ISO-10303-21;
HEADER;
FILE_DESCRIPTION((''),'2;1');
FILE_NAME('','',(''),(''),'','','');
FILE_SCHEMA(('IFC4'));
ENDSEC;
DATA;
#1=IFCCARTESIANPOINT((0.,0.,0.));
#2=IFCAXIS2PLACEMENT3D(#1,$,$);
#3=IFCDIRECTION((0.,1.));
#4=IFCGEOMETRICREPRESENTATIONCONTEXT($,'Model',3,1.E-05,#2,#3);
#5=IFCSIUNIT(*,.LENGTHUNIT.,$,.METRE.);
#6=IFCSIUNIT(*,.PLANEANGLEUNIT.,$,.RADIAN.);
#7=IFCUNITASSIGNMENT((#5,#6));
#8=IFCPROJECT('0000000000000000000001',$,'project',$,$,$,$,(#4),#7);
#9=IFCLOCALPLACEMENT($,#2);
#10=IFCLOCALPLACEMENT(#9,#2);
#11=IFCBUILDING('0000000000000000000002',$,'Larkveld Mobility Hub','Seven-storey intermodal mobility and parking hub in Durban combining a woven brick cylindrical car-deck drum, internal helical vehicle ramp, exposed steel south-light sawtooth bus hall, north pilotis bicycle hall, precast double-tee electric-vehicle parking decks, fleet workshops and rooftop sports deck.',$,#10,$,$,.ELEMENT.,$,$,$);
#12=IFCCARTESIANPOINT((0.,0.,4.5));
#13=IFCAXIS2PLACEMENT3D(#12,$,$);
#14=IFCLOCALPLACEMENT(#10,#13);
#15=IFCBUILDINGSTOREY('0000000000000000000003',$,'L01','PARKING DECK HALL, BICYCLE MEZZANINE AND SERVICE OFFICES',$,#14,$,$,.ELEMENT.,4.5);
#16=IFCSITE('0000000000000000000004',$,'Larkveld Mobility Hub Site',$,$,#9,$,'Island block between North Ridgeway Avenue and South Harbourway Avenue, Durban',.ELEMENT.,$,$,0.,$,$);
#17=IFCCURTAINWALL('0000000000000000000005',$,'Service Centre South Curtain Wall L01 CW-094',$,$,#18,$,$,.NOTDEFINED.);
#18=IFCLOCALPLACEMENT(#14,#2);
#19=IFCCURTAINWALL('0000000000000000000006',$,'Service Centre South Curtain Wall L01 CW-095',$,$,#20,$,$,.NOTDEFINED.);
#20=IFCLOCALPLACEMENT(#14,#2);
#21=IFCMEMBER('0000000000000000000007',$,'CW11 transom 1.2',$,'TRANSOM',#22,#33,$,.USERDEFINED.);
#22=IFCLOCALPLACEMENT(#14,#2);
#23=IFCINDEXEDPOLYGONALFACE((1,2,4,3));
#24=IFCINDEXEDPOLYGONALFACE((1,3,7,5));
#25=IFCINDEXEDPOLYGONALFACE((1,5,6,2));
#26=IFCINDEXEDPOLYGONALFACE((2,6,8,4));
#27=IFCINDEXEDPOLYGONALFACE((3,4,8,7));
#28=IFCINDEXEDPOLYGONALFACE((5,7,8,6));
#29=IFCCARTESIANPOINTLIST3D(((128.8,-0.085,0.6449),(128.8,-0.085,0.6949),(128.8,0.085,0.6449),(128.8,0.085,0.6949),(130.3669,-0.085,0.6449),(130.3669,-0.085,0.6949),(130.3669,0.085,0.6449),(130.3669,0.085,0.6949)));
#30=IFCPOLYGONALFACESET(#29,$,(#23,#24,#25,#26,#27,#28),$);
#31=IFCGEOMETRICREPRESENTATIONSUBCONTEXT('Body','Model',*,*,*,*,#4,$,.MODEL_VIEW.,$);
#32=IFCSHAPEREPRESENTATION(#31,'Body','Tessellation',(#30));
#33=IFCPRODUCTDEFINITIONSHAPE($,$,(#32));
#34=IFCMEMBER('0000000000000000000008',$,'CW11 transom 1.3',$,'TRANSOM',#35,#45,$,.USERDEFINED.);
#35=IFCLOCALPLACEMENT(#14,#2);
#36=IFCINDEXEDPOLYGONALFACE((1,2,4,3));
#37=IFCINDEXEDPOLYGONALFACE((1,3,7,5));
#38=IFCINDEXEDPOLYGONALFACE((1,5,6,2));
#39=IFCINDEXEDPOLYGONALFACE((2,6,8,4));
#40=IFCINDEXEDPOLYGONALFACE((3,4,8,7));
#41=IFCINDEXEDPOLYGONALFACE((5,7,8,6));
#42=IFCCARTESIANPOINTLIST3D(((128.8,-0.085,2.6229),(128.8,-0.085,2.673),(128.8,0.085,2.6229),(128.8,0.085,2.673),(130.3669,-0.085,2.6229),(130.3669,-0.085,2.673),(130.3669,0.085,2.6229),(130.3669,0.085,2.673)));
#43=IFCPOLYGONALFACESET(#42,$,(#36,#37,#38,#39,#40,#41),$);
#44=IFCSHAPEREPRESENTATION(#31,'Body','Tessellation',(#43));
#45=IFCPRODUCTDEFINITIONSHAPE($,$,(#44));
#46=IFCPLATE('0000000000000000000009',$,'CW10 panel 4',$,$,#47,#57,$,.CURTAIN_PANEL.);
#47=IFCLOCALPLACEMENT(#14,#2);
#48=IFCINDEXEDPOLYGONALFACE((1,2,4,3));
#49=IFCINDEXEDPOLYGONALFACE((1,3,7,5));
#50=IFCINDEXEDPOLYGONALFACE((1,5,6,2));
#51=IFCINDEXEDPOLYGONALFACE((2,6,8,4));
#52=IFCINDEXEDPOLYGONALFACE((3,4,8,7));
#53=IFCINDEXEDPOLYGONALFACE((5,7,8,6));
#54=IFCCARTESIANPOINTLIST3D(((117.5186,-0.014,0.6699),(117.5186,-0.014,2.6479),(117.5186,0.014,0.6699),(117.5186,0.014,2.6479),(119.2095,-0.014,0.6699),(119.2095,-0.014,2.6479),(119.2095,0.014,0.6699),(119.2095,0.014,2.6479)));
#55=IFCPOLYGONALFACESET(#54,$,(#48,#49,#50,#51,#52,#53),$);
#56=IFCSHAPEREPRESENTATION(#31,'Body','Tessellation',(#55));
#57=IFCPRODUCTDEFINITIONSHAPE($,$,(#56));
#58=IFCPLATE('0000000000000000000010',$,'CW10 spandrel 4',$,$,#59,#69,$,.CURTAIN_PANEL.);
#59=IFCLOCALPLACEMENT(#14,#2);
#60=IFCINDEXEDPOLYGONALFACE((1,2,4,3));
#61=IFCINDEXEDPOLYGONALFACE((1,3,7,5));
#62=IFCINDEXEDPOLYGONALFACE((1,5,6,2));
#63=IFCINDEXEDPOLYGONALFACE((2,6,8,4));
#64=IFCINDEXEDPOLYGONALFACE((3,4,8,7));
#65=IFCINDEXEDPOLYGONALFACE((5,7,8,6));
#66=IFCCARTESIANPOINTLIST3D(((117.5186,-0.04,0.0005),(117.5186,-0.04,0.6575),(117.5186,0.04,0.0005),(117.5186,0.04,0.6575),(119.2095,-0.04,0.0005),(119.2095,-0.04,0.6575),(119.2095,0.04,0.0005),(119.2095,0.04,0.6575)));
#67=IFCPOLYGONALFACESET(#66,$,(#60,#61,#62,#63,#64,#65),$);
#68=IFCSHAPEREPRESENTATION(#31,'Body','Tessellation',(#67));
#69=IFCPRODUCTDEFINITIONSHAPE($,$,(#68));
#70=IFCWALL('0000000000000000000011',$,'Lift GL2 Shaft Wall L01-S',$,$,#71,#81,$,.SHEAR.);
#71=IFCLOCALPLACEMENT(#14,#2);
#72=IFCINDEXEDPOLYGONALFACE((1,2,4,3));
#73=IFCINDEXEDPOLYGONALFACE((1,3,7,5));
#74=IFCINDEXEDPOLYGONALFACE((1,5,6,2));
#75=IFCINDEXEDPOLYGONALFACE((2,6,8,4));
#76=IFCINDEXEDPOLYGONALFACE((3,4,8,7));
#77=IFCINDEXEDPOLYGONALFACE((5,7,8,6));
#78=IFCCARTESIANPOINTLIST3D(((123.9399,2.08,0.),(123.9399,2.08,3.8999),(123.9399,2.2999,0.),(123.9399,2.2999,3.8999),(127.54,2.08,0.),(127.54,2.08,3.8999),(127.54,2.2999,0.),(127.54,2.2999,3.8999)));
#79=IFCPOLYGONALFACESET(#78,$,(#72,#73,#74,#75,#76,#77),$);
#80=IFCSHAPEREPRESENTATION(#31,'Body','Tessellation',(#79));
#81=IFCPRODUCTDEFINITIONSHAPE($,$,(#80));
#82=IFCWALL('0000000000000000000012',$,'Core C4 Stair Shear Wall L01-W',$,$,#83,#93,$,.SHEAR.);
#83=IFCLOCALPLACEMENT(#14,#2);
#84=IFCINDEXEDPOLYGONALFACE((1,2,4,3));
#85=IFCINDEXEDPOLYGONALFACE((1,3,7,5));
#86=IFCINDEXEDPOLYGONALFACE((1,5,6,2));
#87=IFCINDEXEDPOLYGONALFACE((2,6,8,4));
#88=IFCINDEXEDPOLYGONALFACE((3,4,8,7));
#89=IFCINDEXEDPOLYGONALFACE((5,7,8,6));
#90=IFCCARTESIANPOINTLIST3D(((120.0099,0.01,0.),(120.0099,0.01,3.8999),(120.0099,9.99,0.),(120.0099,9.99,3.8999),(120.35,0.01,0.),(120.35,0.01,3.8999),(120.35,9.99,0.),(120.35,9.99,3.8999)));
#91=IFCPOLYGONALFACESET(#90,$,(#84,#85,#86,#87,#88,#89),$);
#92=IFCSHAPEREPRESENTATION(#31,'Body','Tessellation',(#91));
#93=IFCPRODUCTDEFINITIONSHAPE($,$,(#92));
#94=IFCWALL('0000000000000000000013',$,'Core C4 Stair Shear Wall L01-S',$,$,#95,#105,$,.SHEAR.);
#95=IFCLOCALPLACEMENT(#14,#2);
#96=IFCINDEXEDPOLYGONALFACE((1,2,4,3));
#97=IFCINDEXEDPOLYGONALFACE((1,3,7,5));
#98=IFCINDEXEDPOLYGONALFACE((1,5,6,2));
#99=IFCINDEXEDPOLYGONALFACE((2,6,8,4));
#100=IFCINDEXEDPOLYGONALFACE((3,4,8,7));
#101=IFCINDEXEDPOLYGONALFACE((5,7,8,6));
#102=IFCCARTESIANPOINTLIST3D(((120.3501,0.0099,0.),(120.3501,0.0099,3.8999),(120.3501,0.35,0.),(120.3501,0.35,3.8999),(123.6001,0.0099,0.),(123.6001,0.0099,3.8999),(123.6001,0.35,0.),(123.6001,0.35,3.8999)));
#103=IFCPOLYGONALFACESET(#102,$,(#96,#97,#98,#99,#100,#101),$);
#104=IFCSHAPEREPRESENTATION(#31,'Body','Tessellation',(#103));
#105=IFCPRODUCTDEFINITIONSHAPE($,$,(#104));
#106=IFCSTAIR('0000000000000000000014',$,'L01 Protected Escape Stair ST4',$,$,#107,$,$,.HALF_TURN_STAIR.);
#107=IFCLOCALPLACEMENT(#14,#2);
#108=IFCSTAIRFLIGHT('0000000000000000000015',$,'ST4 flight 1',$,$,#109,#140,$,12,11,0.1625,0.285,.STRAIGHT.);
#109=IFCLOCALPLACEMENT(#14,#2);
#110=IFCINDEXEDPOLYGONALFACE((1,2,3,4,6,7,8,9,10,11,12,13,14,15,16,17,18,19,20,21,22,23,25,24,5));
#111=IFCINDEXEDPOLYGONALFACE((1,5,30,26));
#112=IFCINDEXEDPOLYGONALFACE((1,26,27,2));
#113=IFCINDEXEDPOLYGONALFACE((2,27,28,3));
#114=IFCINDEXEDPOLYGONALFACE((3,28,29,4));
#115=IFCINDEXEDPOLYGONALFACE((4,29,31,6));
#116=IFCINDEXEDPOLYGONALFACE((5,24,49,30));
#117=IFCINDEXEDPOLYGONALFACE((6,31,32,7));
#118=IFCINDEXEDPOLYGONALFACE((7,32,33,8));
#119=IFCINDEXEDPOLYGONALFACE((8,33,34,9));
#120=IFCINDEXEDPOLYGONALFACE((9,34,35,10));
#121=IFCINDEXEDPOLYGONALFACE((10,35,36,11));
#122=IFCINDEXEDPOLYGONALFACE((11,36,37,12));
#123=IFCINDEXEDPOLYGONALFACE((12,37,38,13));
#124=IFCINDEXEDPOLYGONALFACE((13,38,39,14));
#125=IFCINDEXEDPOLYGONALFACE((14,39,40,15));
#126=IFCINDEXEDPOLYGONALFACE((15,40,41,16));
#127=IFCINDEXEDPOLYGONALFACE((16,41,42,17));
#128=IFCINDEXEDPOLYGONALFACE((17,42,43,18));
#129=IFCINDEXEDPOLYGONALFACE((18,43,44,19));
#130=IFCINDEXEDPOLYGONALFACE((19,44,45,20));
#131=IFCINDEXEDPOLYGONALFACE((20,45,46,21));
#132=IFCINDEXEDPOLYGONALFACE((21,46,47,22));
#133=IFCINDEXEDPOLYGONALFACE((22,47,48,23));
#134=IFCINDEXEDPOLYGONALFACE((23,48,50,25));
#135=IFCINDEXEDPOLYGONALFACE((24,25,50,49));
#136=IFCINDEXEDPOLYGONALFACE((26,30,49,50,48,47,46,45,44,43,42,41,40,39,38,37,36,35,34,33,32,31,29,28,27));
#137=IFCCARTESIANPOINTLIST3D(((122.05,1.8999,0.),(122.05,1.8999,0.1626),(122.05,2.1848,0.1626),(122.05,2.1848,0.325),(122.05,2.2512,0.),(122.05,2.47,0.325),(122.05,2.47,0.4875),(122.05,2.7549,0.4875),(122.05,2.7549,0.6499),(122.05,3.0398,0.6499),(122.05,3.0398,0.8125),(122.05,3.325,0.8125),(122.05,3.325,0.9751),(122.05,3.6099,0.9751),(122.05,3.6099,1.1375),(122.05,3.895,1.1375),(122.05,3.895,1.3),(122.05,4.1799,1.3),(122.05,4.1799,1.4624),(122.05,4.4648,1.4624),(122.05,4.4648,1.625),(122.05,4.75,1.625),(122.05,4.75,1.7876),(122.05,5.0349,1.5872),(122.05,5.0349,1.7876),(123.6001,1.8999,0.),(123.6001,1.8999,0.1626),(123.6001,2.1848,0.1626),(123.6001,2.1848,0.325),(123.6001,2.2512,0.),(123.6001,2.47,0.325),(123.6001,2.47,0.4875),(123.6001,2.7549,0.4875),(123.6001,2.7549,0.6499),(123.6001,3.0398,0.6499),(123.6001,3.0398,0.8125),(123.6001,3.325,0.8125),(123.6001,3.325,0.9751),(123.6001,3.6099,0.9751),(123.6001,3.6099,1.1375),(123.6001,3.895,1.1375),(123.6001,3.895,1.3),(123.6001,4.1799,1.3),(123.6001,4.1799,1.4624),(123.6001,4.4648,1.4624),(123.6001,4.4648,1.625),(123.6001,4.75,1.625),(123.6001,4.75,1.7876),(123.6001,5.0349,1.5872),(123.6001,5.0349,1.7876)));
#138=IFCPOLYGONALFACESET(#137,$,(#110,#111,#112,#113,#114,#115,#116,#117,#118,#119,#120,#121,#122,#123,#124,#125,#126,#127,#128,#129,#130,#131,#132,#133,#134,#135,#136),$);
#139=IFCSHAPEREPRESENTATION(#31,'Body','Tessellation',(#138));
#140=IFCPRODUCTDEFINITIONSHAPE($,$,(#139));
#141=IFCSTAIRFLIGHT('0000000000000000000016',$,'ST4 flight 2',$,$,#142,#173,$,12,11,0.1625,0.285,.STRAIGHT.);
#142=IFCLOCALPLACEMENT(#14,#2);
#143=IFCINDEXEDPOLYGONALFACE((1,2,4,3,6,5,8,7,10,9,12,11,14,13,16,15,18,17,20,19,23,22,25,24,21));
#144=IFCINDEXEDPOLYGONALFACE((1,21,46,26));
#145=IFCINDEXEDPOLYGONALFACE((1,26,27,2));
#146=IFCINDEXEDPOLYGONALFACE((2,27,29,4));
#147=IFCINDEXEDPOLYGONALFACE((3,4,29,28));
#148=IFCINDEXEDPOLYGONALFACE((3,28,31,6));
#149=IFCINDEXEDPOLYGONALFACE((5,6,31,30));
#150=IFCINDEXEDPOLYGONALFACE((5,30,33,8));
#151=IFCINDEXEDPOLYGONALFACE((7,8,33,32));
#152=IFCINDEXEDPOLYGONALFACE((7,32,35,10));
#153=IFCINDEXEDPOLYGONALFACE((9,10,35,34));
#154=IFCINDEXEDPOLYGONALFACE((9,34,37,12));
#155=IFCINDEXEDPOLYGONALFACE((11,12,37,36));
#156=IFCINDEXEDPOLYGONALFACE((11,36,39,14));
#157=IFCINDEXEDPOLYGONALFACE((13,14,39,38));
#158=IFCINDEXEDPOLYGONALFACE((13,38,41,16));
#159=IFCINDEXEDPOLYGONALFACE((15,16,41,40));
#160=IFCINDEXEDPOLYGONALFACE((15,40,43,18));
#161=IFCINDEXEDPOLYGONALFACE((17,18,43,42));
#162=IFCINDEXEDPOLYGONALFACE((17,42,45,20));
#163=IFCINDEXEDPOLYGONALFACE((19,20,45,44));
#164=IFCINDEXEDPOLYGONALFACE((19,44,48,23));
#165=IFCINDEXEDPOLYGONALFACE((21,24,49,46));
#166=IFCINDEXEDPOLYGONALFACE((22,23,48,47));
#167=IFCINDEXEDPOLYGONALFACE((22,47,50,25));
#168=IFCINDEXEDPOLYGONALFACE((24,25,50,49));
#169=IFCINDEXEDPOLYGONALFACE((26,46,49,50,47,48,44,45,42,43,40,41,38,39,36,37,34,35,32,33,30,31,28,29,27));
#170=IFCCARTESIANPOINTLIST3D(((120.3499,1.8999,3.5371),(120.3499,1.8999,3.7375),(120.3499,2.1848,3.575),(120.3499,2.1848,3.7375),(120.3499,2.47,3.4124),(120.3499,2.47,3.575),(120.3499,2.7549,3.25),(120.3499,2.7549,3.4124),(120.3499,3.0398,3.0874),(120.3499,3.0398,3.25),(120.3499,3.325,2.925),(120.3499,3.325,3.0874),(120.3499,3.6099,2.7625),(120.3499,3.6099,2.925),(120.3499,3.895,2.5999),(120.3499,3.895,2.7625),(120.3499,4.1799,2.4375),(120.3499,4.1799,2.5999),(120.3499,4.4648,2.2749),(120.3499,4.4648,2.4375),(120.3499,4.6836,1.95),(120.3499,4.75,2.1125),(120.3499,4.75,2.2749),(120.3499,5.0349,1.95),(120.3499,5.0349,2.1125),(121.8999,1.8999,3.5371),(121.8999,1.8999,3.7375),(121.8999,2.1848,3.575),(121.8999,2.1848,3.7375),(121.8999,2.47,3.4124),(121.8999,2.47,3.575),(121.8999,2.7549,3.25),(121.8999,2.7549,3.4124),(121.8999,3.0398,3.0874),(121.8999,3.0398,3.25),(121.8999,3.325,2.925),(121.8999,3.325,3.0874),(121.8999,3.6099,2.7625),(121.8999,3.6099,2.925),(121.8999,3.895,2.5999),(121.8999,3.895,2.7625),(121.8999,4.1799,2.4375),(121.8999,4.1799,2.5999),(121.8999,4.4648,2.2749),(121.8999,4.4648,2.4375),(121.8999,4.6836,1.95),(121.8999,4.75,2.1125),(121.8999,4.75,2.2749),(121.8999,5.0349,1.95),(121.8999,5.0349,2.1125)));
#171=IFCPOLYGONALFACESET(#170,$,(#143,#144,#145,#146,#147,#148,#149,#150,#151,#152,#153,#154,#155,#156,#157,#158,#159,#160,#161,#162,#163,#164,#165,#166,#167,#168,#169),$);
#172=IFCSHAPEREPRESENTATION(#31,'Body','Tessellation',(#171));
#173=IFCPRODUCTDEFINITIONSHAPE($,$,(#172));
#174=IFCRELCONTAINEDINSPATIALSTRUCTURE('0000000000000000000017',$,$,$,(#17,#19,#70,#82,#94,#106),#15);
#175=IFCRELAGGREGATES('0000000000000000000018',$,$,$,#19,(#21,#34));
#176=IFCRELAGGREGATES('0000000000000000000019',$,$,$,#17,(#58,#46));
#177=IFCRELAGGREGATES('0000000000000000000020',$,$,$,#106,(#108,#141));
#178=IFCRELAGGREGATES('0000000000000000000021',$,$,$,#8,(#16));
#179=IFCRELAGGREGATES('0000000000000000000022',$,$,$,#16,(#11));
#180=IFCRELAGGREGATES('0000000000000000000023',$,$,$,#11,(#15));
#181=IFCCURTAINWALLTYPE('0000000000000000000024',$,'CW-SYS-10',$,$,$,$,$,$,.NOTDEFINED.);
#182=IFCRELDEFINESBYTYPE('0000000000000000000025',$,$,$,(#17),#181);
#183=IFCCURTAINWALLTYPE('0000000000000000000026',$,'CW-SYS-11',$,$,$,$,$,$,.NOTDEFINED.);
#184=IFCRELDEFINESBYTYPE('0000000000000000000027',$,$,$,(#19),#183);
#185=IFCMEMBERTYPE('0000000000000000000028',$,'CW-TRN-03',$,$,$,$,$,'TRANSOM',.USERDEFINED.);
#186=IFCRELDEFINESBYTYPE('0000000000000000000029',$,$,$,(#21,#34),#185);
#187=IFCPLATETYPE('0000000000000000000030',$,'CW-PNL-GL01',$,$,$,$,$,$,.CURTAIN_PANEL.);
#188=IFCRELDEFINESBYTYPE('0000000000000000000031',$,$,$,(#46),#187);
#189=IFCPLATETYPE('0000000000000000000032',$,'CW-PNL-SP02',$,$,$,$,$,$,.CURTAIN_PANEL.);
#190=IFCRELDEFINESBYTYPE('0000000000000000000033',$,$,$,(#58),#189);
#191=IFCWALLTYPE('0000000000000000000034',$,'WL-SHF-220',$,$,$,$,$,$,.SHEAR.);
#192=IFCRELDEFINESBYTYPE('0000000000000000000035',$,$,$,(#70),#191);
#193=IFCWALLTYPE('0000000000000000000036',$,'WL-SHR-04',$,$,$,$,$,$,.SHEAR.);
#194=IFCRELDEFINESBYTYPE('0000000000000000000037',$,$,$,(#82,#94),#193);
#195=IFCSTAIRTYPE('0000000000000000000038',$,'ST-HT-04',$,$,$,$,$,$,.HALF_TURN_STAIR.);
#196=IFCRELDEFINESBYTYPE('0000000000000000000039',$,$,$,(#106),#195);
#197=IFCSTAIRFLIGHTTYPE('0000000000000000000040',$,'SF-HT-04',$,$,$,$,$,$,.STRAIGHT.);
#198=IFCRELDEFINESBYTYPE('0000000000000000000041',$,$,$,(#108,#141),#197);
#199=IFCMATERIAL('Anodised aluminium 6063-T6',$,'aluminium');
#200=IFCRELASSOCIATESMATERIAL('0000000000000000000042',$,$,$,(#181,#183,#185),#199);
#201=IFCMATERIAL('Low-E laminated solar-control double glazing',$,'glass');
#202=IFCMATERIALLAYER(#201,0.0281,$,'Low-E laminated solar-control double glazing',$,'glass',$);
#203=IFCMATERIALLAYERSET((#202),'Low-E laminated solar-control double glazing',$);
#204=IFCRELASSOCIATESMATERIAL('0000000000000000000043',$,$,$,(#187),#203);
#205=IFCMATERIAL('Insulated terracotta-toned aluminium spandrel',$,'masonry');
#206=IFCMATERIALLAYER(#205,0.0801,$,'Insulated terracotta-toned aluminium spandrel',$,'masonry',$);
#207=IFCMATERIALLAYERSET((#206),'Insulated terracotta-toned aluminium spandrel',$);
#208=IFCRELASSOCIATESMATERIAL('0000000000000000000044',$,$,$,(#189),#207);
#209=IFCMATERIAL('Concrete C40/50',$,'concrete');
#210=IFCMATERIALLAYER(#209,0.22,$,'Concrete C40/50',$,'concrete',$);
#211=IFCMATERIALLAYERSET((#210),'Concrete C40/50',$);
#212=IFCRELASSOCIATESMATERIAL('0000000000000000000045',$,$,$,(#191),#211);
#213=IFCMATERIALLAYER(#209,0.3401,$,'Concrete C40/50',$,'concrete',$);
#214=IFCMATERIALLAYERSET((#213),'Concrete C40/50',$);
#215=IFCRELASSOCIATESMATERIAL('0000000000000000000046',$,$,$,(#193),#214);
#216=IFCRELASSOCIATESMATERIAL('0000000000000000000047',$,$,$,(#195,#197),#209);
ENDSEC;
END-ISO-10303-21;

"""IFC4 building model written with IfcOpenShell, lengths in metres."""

from ifc_helpers import new_model, si_unit, direction, frame, frame_2d, origin, origin_2d, place, context, subcontext, project, spatial, polyline, rectangle, outline, extrude, material, layer, layer_set, material_profile, profile_set, type_object, element, aggregate, save


model = new_model("IFC4")

# Units and contexts
model_context = context("Model", 3, precision=1e-05, world=origin(), true_north=direction((0.0, 1.0)))
body_context = subcontext(model_context, "Body", "Model", "MODEL_VIEW")
ifc_project = project(units=[si_unit("LENGTHUNIT", "METRE"), si_unit("PLANEANGLEUNIT", "RADIAN")], contexts=[model_context])

# Site, building, storey
site_placement = place(None, origin())
site = spatial("IfcSite", under=ifc_project, at=site_placement, Name="Larkveld Mobility Hub Site", LongName="Island block between North Ridgeway Avenue and South Harbourway Avenue, Durban", CompositionType="ELEMENT", RefElevation=0.0)
building_placement = place(site_placement, origin())
building = spatial("IfcBuilding", under=site, at=building_placement, Name="Larkveld Mobility Hub", Description="Seven-storey intermodal mobility and parking hub in Durban combining a woven brick cylindrical car-deck drum, internal helical vehicle ramp, exposed steel south-light sawtooth bus hall, north pilotis bicycle hall, precast double-tee electric-vehicle parking decks, fleet workshops and rooftop sports deck.", CompositionType="ELEMENT")
storey_placement = place(building_placement, frame((0.0, 0.0, 4.5)))
storey = spatial("IfcBuildingStorey", under=building, at=storey_placement, Name="L01", Description="PARKING DECK HALL, BICYCLE MEZZANINE AND SERVICE OFFICES", CompositionType="ELEMENT", Elevation=4.5)

# Shared definitions
ifc_material_1 = material(Name="Concrete C40/50", Category="concrete")

# Curtain wall
ifc_material_2 = material(Name="Anodised aluminium 6063-T6", Category="aluminium")
curtain_wall_type_1 = type_object("IfcCurtainWallType", Name="CW-SYS-10", PredefinedType="NOTDEFINED", material=ifc_material_2)
curtain_wall_1_placement = place(storey_placement, origin())
curtain_wall_1 = element("IfcCurtainWall", 1, at=curtain_wall_1_placement, inside=storey, type_object=curtain_wall_type_1, Name="Service Centre South Curtain Wall L01 CW-094", PredefinedType="NOTDEFINED")

# Curtain wall
curtain_wall_type_2 = type_object("IfcCurtainWallType", Name="CW-SYS-11", PredefinedType="NOTDEFINED", material=ifc_material_2)
curtain_wall_2_placement = place(storey_placement, origin())
curtain_wall_2 = element("IfcCurtainWall", 2, at=curtain_wall_2_placement, inside=storey, type_object=curtain_wall_type_2, Name="Service Centre South Curtain Wall L01 CW-095", PredefinedType="NOTDEFINED")

# Members
ifc_material_profile_1 = material_profile(ifc_material_2, rectangle(XDim=0.1699, YDim=0.05, at=origin_2d()), Name="ALU TRAN 50x170")
ifc_profile_set_1 = profile_set([ifc_material_profile_1], Name="Anodised aluminium 6063-T6")
member_type_1 = type_object("IfcMemberType", Name="CW-TRN-03", ElementType="TRANSOM", PredefinedType="USERDEFINED", material=ifc_profile_set_1)
member_1_placement = place(storey_placement, frame((128.8, 0.0, 0.6699), z_axis=(1.0, 0.0, 0.0), x_axis=(0.0, 1.0, 0.0)))
member_1 = element("IfcMember", 3, at=member_1_placement, type_object=member_type_1, Name="CW11 transom 1.2", ObjectType="TRANSOM", PredefinedType="USERDEFINED", context=body_context, shape_type="SweptSolid", body=[
    extrude(rectangle(XDim=0.1699, YDim=0.05, at=origin_2d()), origin(), (0.0, 0.0, 1.0), 1.5669),
])
member_2_placement = place(storey_placement, frame((128.8, 0.0, 2.6479), z_axis=(1.0, 0.0, 0.0), x_axis=(0.0, 1.0, 0.0)))
member_2 = element("IfcMember", 4, at=member_2_placement, type_object=member_type_1, Name="CW11 transom 1.3", ObjectType="TRANSOM", PredefinedType="USERDEFINED", context=body_context, shape_type="SweptSolid", body=[
    extrude(rectangle(XDim=0.1699, YDim=0.05, at=origin_2d()), origin(), (0.0, 0.0, 1.0), 1.5669),
])
aggregate(curtain_wall_2, [member_1, member_2])

# Plates
ifc_material_3 = material(Name="Low-E laminated solar-control double glazing", Category="glass")
ifc_layer_1 = layer(ifc_material_3, 0.0281, Name="Low-E laminated solar-control double glazing", Category="glass")
ifc_layer_set_1 = layer_set([ifc_layer_1], Name="Low-E laminated solar-control double glazing")
plate_type_1 = type_object("IfcPlateType", Name="CW-PNL-GL01", PredefinedType="CURTAIN_PANEL", material=ifc_layer_set_1)
plate_1_placement = place(storey_placement, frame((118.364, 0.0, 0.6699), z_axis=(0.0, 0.0, 1.0), x_axis=(1.0, 0.0, 0.0)))
plate_1 = element("IfcPlate", 5, at=plate_1_placement, type_object=plate_type_1, Name="CW10 panel 4", PredefinedType="CURTAIN_PANEL", context=body_context, shape_type="SweptSolid", body=[
    extrude(rectangle(XDim=1.6909, YDim=0.0281, at=origin_2d()), origin(), (0.0, 0.0, 1.0), 1.978),
])
ifc_material_4 = material(Name="Insulated terracotta-toned aluminium spandrel", Category="masonry")
ifc_layer_2 = layer(ifc_material_4, 0.0801, Name="Insulated terracotta-toned aluminium spandrel", Category="masonry")
ifc_layer_set_2 = layer_set([ifc_layer_2], Name="Insulated terracotta-toned aluminium spandrel")
plate_type_2 = type_object("IfcPlateType", Name="CW-PNL-SP02", PredefinedType="CURTAIN_PANEL", material=ifc_layer_set_2)
plate_2_placement = place(storey_placement, frame((118.364, 0.0, 0.0005), z_axis=(0.0, 0.0, 1.0), x_axis=(1.0, 0.0, 0.0)))
plate_2 = element("IfcPlate", 6, at=plate_2_placement, type_object=plate_type_2, Name="CW10 spandrel 4", PredefinedType="CURTAIN_PANEL", context=body_context, shape_type="SweptSolid", body=[
    extrude(rectangle(XDim=1.6909, YDim=0.0801, at=origin_2d()), origin(), (0.0, 0.0, 1.0), 0.657),
])
aggregate(curtain_wall_1, [plate_2, plate_1])

# Walls
ifc_layer_3 = layer(ifc_material_1, 0.22, Name="Concrete C40/50", Category="concrete")
ifc_layer_set_3 = layer_set([ifc_layer_3], Name="Concrete C40/50")
wall_type_1 = type_object("IfcWallType", Name="WL-SHF-220", PredefinedType="SHEAR", material=ifc_layer_set_3)
wall_1_placement = place(storey_placement, frame((127.54, 2.1899, 0.0), z_axis=(0.0, 0.0, 1.0), x_axis=(-1.0, 0.0, 0.0)))
element("IfcWall", 7, at=wall_1_placement, inside=storey, type_object=wall_type_1, Name="Lift GL2 Shaft Wall L01-S", PredefinedType="SHEAR", context=body_context, shape_type="SweptSolid", body=[
    extrude(rectangle(XDim=3.6001, YDim=0.22, at=frame_2d((1.8, 0.0))), origin(), (0.0, 0.0, 1.0), 3.8999),
])
ifc_layer_4 = layer(ifc_material_1, 0.3401, Name="Concrete C40/50", Category="concrete")
ifc_layer_set_4 = layer_set([ifc_layer_4], Name="Concrete C40/50")
wall_type_2 = type_object("IfcWallType", Name="WL-SHR-04", PredefinedType="SHEAR", material=ifc_layer_set_4)
wall_2_placement = place(storey_placement, frame((120.1799, 0.01, 0.0), z_axis=(0.0, 0.0, 1.0), x_axis=(0.0, 1.0, 0.0)))
element("IfcWall", 8, at=wall_2_placement, inside=storey, type_object=wall_type_2, Name="Core C4 Stair Shear Wall L01-W", PredefinedType="SHEAR", context=body_context, shape_type="SweptSolid", body=[
    extrude(rectangle(XDim=9.98, YDim=0.3401, at=frame_2d((4.99, 0.0))), origin(), (0.0, 0.0, 1.0), 3.8999),
])
wall_3_placement = place(storey_placement, frame((123.6001, 0.1799, 0.0), z_axis=(0.0, 0.0, 1.0), x_axis=(-1.0, 0.0, 0.0)))
element("IfcWall", 9, at=wall_3_placement, inside=storey, type_object=wall_type_2, Name="Core C4 Stair Shear Wall L01-S", PredefinedType="SHEAR", context=body_context, shape_type="SweptSolid", body=[
    extrude(rectangle(XDim=3.25, YDim=0.3401, at=frame_2d((1.625, 0.0))), origin(), (0.0, 0.0, 1.0), 3.8999),
])

# Stair, stair flights
stair_type = type_object("IfcStairType", Name="ST-HT-04", PredefinedType="HALF_TURN_STAIR", material=ifc_material_1)
stair_placement = place(storey_placement, origin())
stair = element("IfcStair", 10, at=stair_placement, inside=storey, type_object=stair_type, Name="L01 Protected Escape Stair ST4", PredefinedType="HALF_TURN_STAIR")
stair_flight_type = type_object("IfcStairFlightType", Name="SF-HT-04", PredefinedType="STRAIGHT", material=ifc_material_1)
stair_flight_1_placement = place(storey_placement, frame((122.825, 1.8999, 0.0), z_axis=(0.0, 0.0, 1.0), x_axis=(0.0, 1.0, 0.0)))
stair_flight_1 = element("IfcStairFlight", 11, at=stair_flight_1_placement, type_object=stair_flight_type, Name="ST4 flight 1", NumberOfRisers=12, NumberOfTreads=11, PredefinedType="STRAIGHT", RiserHeight=0.1625, TreadLength=0.285, context=body_context, shape_type="SweptSolid", body=[
    extrude(outline(polyline([(0.0, 0.0), (0.0, 0.1626), (0.2849, 0.1626), (0.2849, 0.325), (0.5701, 0.325), (0.5701, 0.4875), (0.855, 0.4875), (0.855, 0.6499), (1.1399, 0.6499), (1.1399, 0.8125), (1.425, 0.8125), (1.425, 0.9751), (1.71, 0.9751), (1.71, 1.1375), (1.9951, 1.1375), (1.9951, 1.3), (2.28, 1.3), (2.28, 1.4624), (2.5649, 1.4624), (2.5649, 1.625), (2.8501, 1.625), (2.8501, 1.7876), (3.135, 1.7876), (3.135, 1.95), (3.135, 1.5872), (0.3513, 0.0), (0.0, 0.0)])), frame((0.0, 0.7749, 0.0), z_axis=(0.0, -1.0, 0.0), x_axis=(1.0, 0.0, 0.0)), (0.0, 0.0, 1.0), 1.55),
])
stair_flight_2_placement = place(storey_placement, frame((121.125, 5.0349, 1.95), z_axis=(0.0, 0.0, 1.0), x_axis=(0.0, -1.0, 0.0)))
stair_flight_2 = element("IfcStairFlight", 12, at=stair_flight_2_placement, type_object=stair_flight_type, Name="ST4 flight 2", NumberOfRisers=12, NumberOfTreads=11, PredefinedType="STRAIGHT", RiserHeight=0.1625, TreadLength=0.285, context=body_context, shape_type="SweptSolid", body=[
    extrude(outline(polyline([(0.0, 0.0), (0.0, 0.1626), (0.2849, 0.1626), (0.2849, 0.325), (0.5701, 0.325), (0.5701, 0.4875), (0.855, 0.4875), (0.855, 0.6499), (1.1399, 0.6499), (1.1399, 0.8125), (1.425, 0.8125), (1.425, 0.9751), (1.71, 0.9751), (1.71, 1.1375), (1.9951, 1.1375), (1.9951, 1.3), (2.28, 1.3), (2.28, 1.4624), (2.5649, 1.4624), (2.5649, 1.625), (2.8501, 1.625), (2.8501, 1.7876), (3.135, 1.7876), (3.135, 1.95), (3.135, 1.5872), (0.3513, 0.0), (0.0, 0.0)])), frame((0.0, 0.7749, 0.0), z_axis=(0.0, -1.0, 0.0), x_axis=(1.0, 0.0, 0.0)), (0.0, 0.0, 1.0), 1.55),
])
aggregate(stair, [stair_flight_1, stair_flight_2])

save(model, "model.ifc")
